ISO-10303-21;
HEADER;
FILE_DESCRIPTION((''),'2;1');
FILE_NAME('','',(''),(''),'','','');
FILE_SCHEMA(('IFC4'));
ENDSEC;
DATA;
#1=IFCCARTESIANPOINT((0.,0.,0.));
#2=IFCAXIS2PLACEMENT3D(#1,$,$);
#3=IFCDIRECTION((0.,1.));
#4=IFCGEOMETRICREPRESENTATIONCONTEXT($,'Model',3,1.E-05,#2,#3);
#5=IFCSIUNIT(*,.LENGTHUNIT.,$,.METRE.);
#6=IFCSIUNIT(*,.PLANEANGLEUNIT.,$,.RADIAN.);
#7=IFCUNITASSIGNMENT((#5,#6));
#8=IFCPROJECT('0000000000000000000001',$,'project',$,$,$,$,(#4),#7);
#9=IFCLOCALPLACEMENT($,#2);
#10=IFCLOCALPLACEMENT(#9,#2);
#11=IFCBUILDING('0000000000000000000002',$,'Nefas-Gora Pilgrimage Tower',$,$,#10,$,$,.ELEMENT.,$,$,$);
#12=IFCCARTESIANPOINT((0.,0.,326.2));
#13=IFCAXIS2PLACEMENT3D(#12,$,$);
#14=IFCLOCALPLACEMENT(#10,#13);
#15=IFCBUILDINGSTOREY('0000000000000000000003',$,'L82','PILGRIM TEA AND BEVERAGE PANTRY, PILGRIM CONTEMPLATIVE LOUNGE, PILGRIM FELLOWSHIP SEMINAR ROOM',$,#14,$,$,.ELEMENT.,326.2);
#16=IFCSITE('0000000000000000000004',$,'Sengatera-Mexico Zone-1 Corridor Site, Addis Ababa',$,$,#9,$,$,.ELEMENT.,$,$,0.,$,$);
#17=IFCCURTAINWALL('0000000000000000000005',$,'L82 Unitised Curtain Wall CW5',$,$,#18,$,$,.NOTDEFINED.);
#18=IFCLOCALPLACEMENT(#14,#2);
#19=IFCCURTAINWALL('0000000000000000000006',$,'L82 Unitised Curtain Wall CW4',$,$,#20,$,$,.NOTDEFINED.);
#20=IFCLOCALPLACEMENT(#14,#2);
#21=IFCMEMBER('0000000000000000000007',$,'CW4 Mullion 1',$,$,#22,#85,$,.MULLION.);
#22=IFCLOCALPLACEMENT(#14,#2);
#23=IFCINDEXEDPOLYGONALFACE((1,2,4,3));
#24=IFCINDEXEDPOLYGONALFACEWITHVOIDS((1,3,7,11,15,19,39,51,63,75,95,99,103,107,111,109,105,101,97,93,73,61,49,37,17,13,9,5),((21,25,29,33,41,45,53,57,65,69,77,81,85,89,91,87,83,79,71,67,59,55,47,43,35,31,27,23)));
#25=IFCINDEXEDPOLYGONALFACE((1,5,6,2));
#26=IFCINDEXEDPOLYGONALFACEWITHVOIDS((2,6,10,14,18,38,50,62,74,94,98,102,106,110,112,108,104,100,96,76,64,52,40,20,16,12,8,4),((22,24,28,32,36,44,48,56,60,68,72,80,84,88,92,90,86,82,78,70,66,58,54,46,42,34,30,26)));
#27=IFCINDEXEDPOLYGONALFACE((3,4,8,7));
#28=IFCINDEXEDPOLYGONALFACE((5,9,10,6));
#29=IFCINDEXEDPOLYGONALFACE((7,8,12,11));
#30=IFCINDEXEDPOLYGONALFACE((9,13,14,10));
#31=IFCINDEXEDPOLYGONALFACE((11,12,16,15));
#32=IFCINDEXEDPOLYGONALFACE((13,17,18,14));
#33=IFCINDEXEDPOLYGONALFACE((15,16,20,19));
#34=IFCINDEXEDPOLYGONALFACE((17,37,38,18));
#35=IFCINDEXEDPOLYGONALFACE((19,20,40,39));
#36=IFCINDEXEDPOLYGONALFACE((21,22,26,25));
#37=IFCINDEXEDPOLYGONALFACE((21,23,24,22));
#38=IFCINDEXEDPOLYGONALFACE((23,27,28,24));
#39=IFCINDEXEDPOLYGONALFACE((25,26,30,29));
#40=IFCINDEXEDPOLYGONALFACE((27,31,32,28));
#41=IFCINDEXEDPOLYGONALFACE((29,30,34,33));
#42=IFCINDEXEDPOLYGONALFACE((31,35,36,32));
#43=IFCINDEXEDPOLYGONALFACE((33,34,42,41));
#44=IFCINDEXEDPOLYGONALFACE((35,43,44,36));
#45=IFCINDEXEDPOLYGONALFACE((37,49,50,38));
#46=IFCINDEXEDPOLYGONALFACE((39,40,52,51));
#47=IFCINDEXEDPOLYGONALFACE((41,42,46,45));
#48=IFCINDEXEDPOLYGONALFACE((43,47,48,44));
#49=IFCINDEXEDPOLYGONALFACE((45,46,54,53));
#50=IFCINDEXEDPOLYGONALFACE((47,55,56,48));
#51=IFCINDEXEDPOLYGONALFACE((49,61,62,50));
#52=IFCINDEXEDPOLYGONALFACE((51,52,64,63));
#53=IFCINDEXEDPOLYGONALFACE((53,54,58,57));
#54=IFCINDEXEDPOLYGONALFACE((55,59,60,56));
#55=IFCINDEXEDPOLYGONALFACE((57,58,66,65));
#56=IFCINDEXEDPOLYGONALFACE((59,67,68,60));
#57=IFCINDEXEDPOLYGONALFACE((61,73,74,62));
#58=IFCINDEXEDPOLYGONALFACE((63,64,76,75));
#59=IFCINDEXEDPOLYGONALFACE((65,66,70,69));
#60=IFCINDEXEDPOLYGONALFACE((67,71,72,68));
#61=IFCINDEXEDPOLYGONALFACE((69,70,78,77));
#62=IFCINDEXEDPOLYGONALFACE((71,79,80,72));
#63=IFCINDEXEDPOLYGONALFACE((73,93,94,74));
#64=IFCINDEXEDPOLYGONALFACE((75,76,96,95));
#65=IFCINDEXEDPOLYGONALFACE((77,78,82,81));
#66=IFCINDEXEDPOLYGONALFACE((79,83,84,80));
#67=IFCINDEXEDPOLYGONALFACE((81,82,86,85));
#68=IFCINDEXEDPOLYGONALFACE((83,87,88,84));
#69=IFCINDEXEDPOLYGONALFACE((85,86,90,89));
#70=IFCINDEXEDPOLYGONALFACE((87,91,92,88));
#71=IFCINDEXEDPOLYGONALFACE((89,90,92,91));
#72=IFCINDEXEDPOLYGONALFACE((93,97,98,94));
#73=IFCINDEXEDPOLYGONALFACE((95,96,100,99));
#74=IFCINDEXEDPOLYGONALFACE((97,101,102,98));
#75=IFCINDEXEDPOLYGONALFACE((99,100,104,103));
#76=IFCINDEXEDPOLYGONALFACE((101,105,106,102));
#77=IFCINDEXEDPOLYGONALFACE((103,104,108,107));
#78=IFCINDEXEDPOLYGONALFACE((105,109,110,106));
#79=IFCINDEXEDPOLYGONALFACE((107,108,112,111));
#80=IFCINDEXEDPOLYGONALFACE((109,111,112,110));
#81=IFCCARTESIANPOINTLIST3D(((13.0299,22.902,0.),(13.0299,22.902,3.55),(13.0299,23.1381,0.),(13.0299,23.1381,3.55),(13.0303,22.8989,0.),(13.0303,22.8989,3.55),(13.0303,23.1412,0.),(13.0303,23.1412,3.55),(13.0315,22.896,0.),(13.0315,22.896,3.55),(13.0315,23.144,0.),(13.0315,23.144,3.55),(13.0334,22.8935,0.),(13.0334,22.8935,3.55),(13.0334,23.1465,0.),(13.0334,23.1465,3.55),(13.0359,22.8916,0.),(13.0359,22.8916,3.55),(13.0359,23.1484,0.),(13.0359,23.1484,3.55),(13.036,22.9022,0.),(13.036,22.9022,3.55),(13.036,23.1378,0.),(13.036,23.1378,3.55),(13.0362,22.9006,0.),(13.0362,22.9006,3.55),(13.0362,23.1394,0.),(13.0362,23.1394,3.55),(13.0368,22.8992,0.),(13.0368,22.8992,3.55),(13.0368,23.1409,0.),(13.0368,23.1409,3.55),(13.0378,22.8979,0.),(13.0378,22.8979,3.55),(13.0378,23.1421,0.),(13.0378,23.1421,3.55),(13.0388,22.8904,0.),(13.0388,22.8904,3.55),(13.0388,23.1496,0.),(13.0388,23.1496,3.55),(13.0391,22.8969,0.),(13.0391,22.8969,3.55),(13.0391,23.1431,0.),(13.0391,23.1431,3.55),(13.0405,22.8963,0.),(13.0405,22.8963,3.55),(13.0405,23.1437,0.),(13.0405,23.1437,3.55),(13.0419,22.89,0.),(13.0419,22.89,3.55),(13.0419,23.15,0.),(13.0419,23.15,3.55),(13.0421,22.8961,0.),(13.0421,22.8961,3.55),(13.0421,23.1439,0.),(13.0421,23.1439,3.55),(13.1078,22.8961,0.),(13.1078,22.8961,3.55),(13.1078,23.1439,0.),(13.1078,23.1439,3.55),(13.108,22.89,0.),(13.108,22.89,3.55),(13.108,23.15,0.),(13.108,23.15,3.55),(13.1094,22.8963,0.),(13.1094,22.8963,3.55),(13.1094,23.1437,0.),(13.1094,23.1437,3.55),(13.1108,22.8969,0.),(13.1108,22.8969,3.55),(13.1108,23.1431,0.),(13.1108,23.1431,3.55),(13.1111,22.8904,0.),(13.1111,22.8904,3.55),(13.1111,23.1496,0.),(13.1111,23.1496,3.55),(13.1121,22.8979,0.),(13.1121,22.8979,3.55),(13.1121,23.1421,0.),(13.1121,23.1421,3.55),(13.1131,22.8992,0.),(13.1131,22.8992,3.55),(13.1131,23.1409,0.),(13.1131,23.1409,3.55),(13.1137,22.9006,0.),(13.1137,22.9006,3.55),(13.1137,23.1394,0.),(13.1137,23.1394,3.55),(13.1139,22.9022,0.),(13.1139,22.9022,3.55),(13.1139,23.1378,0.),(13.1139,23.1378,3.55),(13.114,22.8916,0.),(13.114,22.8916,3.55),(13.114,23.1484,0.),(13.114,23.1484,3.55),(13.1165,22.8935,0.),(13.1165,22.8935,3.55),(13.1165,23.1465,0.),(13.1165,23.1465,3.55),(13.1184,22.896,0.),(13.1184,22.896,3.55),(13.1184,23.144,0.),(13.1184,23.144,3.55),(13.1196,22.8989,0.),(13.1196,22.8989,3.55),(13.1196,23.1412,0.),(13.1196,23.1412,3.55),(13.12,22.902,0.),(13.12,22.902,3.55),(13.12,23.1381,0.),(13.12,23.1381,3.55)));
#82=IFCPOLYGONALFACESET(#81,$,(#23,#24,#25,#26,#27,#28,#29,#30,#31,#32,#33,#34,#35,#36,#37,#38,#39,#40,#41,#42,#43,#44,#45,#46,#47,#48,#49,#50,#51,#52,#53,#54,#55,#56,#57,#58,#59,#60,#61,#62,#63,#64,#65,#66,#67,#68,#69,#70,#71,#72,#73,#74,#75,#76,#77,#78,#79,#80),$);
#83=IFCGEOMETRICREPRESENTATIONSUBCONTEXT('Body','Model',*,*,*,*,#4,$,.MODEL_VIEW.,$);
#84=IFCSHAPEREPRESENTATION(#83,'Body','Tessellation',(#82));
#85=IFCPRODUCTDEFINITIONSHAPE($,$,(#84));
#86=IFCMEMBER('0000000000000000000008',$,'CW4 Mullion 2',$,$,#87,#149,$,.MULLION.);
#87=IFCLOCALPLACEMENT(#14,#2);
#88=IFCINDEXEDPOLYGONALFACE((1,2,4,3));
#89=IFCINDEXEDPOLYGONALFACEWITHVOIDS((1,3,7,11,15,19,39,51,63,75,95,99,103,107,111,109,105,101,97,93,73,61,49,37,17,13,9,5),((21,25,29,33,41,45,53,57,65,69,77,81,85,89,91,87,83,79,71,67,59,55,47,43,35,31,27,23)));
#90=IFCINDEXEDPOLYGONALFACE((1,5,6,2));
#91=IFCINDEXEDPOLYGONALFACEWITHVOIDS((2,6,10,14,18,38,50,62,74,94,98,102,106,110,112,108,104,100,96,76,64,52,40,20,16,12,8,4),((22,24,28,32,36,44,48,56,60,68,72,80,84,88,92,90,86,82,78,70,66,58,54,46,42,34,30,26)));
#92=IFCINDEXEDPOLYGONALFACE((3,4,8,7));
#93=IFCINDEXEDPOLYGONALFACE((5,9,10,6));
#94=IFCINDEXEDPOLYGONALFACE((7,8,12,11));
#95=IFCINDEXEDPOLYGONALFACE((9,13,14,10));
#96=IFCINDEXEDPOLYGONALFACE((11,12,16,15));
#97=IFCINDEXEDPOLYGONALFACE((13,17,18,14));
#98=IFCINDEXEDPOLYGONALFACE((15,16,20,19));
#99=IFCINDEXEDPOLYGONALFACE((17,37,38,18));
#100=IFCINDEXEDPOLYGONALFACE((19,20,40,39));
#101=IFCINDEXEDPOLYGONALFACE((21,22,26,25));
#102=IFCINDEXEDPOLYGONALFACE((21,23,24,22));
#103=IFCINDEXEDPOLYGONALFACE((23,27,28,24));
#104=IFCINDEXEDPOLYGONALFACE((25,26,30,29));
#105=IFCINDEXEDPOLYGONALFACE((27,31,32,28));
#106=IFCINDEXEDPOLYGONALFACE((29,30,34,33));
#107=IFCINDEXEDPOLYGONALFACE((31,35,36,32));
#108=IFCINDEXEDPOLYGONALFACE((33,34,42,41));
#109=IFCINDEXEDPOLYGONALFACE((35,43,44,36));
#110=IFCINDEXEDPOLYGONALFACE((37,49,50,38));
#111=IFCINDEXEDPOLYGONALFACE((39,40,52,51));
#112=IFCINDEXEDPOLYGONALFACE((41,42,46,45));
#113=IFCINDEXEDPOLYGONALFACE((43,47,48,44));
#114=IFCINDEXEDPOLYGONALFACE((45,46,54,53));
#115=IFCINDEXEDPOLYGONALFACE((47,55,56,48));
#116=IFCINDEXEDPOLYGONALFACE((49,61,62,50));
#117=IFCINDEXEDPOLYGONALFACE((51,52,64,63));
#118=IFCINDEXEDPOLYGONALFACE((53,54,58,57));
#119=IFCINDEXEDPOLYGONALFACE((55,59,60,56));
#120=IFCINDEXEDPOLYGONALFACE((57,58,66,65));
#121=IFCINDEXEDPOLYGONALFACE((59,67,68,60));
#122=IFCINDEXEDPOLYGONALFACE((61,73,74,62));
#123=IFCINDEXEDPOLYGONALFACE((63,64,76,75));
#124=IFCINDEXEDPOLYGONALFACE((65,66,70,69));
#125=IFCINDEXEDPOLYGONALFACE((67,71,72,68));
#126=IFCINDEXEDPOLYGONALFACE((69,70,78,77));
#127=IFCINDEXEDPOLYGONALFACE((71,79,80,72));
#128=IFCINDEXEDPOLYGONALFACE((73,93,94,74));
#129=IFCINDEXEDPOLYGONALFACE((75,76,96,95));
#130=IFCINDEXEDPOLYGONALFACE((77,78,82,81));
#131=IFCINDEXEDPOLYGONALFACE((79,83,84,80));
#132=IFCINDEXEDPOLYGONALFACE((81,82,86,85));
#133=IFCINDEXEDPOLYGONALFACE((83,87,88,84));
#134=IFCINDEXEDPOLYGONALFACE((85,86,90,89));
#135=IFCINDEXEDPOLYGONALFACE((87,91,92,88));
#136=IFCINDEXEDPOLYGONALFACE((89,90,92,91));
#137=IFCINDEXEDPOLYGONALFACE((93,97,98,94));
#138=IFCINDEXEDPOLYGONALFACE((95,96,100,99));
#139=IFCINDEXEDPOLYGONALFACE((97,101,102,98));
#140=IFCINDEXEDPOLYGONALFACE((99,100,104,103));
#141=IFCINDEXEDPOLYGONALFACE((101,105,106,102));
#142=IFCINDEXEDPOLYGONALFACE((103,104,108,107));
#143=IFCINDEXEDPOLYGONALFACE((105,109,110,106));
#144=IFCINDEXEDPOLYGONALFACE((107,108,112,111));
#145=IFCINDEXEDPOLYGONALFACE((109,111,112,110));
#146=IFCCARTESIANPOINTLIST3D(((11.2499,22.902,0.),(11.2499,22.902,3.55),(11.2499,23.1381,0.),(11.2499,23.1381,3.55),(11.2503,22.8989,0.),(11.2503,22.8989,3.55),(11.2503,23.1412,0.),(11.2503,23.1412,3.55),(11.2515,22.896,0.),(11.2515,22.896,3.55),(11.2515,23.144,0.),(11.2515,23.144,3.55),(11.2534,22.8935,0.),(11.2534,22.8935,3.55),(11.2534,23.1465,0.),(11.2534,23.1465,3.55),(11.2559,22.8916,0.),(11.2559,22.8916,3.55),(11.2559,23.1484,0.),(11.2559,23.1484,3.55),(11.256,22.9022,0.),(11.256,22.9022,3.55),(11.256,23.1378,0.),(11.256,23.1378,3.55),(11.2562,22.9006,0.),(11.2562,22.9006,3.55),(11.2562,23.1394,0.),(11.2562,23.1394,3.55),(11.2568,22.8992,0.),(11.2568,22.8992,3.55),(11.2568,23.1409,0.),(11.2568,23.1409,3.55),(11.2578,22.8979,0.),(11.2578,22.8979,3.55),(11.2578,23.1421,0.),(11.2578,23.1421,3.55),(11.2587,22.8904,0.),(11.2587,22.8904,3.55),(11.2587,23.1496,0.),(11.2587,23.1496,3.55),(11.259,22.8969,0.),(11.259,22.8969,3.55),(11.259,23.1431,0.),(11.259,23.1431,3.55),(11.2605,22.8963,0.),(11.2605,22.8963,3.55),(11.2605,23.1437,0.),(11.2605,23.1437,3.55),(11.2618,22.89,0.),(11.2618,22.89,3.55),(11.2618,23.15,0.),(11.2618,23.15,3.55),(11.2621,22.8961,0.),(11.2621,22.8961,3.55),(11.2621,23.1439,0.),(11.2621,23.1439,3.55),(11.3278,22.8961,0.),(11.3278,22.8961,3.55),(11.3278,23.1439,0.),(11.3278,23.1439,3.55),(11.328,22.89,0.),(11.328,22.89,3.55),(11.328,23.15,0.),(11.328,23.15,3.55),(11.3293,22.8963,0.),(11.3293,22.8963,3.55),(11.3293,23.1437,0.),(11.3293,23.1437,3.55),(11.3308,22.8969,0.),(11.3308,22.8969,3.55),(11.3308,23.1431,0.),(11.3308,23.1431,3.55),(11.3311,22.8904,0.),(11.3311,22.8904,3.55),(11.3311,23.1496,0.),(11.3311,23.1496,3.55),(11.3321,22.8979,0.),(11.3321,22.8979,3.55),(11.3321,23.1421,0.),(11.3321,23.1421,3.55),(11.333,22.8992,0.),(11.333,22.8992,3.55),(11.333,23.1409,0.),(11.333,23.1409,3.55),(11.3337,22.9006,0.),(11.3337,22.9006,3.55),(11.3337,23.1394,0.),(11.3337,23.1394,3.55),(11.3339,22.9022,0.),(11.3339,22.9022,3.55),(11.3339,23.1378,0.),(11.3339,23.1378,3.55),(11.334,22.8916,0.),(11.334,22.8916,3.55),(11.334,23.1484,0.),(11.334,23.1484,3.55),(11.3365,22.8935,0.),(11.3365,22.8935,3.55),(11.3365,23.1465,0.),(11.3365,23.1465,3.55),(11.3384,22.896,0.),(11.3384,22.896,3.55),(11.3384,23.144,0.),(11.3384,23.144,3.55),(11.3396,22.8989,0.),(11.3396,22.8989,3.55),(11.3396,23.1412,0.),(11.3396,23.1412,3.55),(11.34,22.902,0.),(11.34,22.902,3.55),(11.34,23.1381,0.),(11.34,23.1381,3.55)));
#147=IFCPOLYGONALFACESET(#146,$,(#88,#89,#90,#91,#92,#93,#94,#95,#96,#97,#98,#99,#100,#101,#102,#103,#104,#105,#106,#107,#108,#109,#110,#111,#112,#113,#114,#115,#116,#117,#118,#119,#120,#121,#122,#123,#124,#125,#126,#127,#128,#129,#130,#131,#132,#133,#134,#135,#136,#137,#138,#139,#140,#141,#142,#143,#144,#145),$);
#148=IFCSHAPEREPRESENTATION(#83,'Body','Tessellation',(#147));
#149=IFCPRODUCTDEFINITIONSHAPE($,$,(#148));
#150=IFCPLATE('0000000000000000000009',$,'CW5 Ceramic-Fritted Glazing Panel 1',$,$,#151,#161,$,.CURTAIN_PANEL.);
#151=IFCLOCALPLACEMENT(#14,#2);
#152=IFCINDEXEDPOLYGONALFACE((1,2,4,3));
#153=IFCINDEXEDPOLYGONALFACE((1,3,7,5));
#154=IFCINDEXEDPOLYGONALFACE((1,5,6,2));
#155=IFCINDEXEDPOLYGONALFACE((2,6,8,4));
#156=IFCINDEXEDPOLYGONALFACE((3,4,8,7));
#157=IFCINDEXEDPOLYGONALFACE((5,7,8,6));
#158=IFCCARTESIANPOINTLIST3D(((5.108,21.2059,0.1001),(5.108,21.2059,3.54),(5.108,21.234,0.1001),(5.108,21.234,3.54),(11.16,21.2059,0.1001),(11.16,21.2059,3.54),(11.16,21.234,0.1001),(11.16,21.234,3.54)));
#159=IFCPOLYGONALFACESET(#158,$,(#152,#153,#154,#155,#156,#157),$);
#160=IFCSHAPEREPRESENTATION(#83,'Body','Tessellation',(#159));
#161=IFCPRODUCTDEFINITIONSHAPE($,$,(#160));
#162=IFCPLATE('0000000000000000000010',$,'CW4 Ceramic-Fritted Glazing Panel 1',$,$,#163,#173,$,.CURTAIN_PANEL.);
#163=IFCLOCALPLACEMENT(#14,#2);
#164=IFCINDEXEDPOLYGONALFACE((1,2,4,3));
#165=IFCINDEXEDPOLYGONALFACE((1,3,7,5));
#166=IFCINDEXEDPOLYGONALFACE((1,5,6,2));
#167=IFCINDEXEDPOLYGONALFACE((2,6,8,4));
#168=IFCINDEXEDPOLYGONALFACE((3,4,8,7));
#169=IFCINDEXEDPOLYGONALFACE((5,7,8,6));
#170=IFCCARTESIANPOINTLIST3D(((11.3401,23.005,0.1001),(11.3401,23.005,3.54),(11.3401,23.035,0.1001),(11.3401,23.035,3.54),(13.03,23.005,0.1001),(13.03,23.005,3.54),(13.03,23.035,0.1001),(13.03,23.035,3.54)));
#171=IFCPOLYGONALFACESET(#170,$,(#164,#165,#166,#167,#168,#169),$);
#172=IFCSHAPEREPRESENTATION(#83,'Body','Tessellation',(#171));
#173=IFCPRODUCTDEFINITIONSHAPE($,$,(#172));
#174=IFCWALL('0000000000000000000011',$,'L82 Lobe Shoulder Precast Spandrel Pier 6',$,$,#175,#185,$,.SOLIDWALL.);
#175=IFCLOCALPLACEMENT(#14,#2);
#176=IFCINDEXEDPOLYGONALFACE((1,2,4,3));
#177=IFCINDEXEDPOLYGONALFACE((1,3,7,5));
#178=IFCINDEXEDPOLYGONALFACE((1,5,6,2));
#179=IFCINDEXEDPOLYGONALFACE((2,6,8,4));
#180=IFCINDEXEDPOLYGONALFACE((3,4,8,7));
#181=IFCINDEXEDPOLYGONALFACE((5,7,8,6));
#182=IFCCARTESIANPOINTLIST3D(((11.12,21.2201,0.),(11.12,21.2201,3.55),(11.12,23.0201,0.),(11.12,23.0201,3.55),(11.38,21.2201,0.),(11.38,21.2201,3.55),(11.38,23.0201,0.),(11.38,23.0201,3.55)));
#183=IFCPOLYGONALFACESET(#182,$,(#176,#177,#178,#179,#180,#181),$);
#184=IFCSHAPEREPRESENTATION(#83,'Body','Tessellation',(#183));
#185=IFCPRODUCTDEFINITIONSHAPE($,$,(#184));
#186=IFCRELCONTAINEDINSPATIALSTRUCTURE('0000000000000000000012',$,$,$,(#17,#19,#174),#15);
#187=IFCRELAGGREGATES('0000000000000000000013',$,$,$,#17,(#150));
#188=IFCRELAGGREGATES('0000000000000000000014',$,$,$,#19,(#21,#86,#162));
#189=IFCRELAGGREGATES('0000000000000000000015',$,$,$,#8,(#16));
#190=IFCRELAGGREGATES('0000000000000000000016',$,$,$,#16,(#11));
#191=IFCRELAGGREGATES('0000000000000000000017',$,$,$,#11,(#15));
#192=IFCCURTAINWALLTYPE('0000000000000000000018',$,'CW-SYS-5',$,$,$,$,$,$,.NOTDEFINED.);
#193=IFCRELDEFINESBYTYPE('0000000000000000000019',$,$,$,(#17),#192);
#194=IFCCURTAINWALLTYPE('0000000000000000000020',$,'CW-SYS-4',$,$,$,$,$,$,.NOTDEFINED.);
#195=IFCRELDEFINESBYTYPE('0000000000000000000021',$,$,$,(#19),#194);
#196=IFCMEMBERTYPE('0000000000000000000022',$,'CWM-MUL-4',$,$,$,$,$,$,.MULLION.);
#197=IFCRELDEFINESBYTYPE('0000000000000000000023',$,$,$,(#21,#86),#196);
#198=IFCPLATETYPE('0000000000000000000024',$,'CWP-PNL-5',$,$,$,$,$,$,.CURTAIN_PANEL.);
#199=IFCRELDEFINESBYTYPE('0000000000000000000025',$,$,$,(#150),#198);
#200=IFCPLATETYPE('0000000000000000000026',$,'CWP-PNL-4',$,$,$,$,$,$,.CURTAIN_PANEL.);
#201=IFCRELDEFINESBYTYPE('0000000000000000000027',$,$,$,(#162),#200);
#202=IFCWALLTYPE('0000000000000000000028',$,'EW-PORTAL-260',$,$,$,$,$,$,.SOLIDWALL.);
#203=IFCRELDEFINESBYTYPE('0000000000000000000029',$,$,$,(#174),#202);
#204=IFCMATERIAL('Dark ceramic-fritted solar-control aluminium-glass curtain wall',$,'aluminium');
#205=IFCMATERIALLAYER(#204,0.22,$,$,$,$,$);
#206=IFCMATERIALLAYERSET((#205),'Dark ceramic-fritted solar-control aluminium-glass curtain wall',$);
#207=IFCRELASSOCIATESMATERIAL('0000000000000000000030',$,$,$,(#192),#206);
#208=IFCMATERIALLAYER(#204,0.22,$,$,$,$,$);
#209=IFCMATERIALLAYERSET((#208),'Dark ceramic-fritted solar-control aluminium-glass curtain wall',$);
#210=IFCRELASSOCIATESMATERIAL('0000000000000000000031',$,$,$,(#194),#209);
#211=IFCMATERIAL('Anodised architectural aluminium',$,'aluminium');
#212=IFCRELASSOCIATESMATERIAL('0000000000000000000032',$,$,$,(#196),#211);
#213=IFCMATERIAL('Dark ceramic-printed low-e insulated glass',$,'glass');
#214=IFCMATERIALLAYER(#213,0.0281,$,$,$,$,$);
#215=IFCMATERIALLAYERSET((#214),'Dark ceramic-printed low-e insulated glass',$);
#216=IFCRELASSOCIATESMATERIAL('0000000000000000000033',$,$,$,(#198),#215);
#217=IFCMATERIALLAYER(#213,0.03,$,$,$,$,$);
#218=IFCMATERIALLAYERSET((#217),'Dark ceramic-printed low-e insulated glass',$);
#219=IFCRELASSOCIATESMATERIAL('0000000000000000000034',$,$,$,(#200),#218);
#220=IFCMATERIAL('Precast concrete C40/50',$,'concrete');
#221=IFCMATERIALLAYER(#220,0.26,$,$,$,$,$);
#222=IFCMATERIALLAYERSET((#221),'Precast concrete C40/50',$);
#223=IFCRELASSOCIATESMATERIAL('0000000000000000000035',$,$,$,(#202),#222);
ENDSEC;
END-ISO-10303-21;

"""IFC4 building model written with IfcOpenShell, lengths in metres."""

from ifc_helpers import new_model, si_unit, direction, frame, frame_2d, origin, origin_2d, place, context, subcontext, project, spatial, rectangle, hollow_rectangle, extrude, source, transform, mapped, material, layer, layer_set, material_profile, profile_set, type_object, element, aggregate, save


model = new_model("IFC4")

# Units and contexts
model_context = context("Model", 3, precision=1e-05, world=origin(), true_north=direction((0.0, 1.0)))
body_context = subcontext(model_context, "Body", "Model", "MODEL_VIEW")
ifc_project = project(units=[si_unit("LENGTHUNIT", "METRE"), si_unit("PLANEANGLEUNIT", "RADIAN")], contexts=[model_context])

# Site, building, storey
site_placement = place(None, origin())
site = spatial("IfcSite", under=ifc_project, at=site_placement, Name="Sengatera-Mexico Zone-1 Corridor Site, Addis Ababa", CompositionType="ELEMENT", RefElevation=0.0)
building_placement = place(site_placement, origin())
building = spatial("IfcBuilding", under=site, at=building_placement, Name="Nefas-Gora Pilgrimage Tower", CompositionType="ELEMENT")
storey_placement = place(building_placement, frame((0.0, 0.0, 326.2)))
storey = spatial("IfcBuildingStorey", under=building, at=storey_placement, Name="L82", Description="PILGRIM TEA AND BEVERAGE PANTRY, PILGRIM CONTEMPLATIVE LOUNGE, PILGRIM FELLOWSHIP SEMINAR ROOM", CompositionType="ELEMENT", Elevation=326.2)

# Curtain wall
ifc_material_1 = material(Name="Dark ceramic-fritted solar-control aluminium-glass curtain wall", Category="aluminium")
ifc_layer_1 = layer(ifc_material_1, 0.22)
ifc_layer_set_1 = layer_set([ifc_layer_1], Name="Dark ceramic-fritted solar-control aluminium-glass curtain wall")
curtain_wall_type_1 = type_object("IfcCurtainWallType", Name="CW-SYS-5", PredefinedType="NOTDEFINED", material=ifc_layer_set_1)
curtain_wall_1_placement = place(storey_placement, origin())
curtain_wall_1 = element("IfcCurtainWall", 1, at=curtain_wall_1_placement, inside=storey, type_object=curtain_wall_type_1, Name="L82 Unitised Curtain Wall CW5", PredefinedType="NOTDEFINED")
ifc_material_2 = material(Name="Anodised architectural aluminium", Category="aluminium")

# Curtain wall
ifc_layer_2 = layer(ifc_material_1, 0.22)
ifc_layer_set_2 = layer_set([ifc_layer_2], Name="Dark ceramic-fritted solar-control aluminium-glass curtain wall")
curtain_wall_type_2 = type_object("IfcCurtainWallType", Name="CW-SYS-4", PredefinedType="NOTDEFINED", material=ifc_layer_set_2)
curtain_wall_2_placement = place(storey_placement, origin())
curtain_wall_2 = element("IfcCurtainWall", 2, at=curtain_wall_2_placement, inside=storey, type_object=curtain_wall_type_2, Name="L82 Unitised Curtain Wall CW4", PredefinedType="NOTDEFINED")
ifc_material_profile_1 = material_profile(ifc_material_2, hollow_rectangle(XDim=0.0901, YDim=0.26, WallThickness=0.0061, InnerFilletRadius=0.0061, OuterFilletRadius=0.012, at=origin_2d()), Name="ALU MULLION 90x260")
ifc_profile_set_1 = profile_set([ifc_material_profile_1], Name="Anodised architectural aluminium")
member_type_1 = type_object("IfcMemberType", Name="CWM-MUL-4", PredefinedType="MULLION", material=ifc_profile_set_1)
shared_shape_1 = source(origin(), body_context, "Body", "SweptSolid", [
    extrude(hollow_rectangle(XDim=0.0901, YDim=0.26, WallThickness=0.0061, InnerFilletRadius=0.0061, OuterFilletRadius=0.012, at=origin_2d()), origin(), (0.0, 0.0, 1.0), 3.55),
])

# Members
member_1_placement = place(storey_placement, frame((13.075, 23.02, 0.0), z_axis=(0.0, 0.0, 1.0), x_axis=(-1.0, 0.0, 0.0)))
member_1 = element("IfcMember", 3, at=member_1_placement, type_object=member_type_1, Name="CW4 Mullion 1", PredefinedType="MULLION", context=body_context, shape_type="MappedRepresentation", body=[
    mapped(shared_shape_1, transform((0.0, 0.0, 0.0), x_axis=(1.0, 0.0, 0.0), y_axis=(0.0, 1.0, 0.0), z_axis=(0.0, 0.0, 1.0), scale=1.0)),
])
member_2_placement = place(storey_placement, frame((11.2949, 23.02, 0.0), z_axis=(0.0, 0.0, 1.0), x_axis=(-1.0, 0.0, 0.0)))
member_2 = element("IfcMember", 4, at=member_2_placement, type_object=member_type_1, Name="CW4 Mullion 2", PredefinedType="MULLION", context=body_context, shape_type="MappedRepresentation", body=[
    mapped(shared_shape_1, transform((0.0, 0.0, 0.0), x_axis=(1.0, 0.0, 0.0), y_axis=(0.0, 1.0, 0.0), z_axis=(0.0, 0.0, 1.0), scale=1.0)),
])

# Plates
ifc_material_3 = material(Name="Dark ceramic-printed low-e insulated glass", Category="glass")
ifc_layer_3 = layer(ifc_material_3, 0.0281)
ifc_layer_set_3 = layer_set([ifc_layer_3], Name="Dark ceramic-printed low-e insulated glass")
plate_type_1 = type_object("IfcPlateType", Name="CWP-PNL-5", PredefinedType="CURTAIN_PANEL", material=ifc_layer_set_3)
shared_shape_2 = source(origin(), body_context, "Body", "SweptSolid", [
    extrude(rectangle(XDim=6.052, YDim=0.0281, at=origin_2d()), origin(), (0.0, 0.0, 1.0), 3.4399),
])
plate_1_placement = place(storey_placement, frame((8.134, 21.22, 0.1001), z_axis=(0.0, 0.0, 1.0), x_axis=(-1.0, 0.0, 0.0)))
plate_1 = element("IfcPlate", 5, at=plate_1_placement, type_object=plate_type_1, Name="CW5 Ceramic-Fritted Glazing Panel 1", PredefinedType="CURTAIN_PANEL", context=body_context, shape_type="MappedRepresentation", body=[
    mapped(shared_shape_2, transform((0.0, 0.0, 0.0), x_axis=(1.0, 0.0, 0.0), y_axis=(0.0, 1.0, 0.0), z_axis=(0.0, 0.0, 1.0), scale=1.0)),
])
aggregate(curtain_wall_1, [plate_1])
ifc_layer_4 = layer(ifc_material_3, 0.03)
ifc_layer_set_4 = layer_set([ifc_layer_4], Name="Dark ceramic-printed low-e insulated glass")
plate_type_2 = type_object("IfcPlateType", Name="CWP-PNL-4", PredefinedType="CURTAIN_PANEL", material=ifc_layer_set_4)
shared_shape_3 = source(origin(), body_context, "Body", "SweptSolid", [
    extrude(rectangle(XDim=1.6899, YDim=0.03, at=origin_2d()), origin(), (0.0, 0.0, 1.0), 3.4399),
])
plate_2_placement = place(storey_placement, frame((12.1851, 23.02, 0.1001), z_axis=(0.0, 0.0, 1.0), x_axis=(-1.0, 0.0, 0.0)))
plate_2 = element("IfcPlate", 6, at=plate_2_placement, type_object=plate_type_2, Name="CW4 Ceramic-Fritted Glazing Panel 1", PredefinedType="CURTAIN_PANEL", context=body_context, shape_type="MappedRepresentation", body=[
    mapped(shared_shape_3, transform((0.0, 0.0, 0.0), x_axis=(1.0, 0.0, 0.0), y_axis=(0.0, 1.0, 0.0), z_axis=(0.0, 0.0, 1.0), scale=1.0)),
])
aggregate(curtain_wall_2, [member_1, member_2, plate_2])

# Wall
ifc_material_4 = material(Name="Precast concrete C40/50", Category="concrete")
ifc_layer_5 = layer(ifc_material_4, 0.26)
ifc_layer_set_5 = layer_set([ifc_layer_5], Name="Precast concrete C40/50")
wall_type_1 = type_object("IfcWallType", Name="EW-PORTAL-260", PredefinedType="SOLIDWALL", material=ifc_layer_set_5)
shared_shape_4 = source(origin(), body_context, "Body", "SweptSolid", [
    extrude(rectangle(XDim=1.8, YDim=0.26, at=frame_2d((0.8999, 0.0))), origin(), (0.0, 0.0, 1.0), 3.55),
])
wall_1_placement = place(storey_placement, frame((11.25, 23.02, 0.0), z_axis=(0.0, 0.0, 1.0), x_axis=(0.0, -1.0, 0.0)))
element("IfcWall", 7, at=wall_1_placement, inside=storey, type_object=wall_type_1, Name="L82 Lobe Shoulder Precast Spandrel Pier 6", PredefinedType="SOLIDWALL", context=body_context, shape_type="MappedRepresentation", body=[
    mapped(shared_shape_4, transform((0.0, 0.0, 0.0), x_axis=(1.0, 0.0, 0.0), y_axis=(0.0, 1.0, 0.0), z_axis=(0.0, 0.0, 1.0), scale=1.0)),
])

save(model, "model.ifc")
